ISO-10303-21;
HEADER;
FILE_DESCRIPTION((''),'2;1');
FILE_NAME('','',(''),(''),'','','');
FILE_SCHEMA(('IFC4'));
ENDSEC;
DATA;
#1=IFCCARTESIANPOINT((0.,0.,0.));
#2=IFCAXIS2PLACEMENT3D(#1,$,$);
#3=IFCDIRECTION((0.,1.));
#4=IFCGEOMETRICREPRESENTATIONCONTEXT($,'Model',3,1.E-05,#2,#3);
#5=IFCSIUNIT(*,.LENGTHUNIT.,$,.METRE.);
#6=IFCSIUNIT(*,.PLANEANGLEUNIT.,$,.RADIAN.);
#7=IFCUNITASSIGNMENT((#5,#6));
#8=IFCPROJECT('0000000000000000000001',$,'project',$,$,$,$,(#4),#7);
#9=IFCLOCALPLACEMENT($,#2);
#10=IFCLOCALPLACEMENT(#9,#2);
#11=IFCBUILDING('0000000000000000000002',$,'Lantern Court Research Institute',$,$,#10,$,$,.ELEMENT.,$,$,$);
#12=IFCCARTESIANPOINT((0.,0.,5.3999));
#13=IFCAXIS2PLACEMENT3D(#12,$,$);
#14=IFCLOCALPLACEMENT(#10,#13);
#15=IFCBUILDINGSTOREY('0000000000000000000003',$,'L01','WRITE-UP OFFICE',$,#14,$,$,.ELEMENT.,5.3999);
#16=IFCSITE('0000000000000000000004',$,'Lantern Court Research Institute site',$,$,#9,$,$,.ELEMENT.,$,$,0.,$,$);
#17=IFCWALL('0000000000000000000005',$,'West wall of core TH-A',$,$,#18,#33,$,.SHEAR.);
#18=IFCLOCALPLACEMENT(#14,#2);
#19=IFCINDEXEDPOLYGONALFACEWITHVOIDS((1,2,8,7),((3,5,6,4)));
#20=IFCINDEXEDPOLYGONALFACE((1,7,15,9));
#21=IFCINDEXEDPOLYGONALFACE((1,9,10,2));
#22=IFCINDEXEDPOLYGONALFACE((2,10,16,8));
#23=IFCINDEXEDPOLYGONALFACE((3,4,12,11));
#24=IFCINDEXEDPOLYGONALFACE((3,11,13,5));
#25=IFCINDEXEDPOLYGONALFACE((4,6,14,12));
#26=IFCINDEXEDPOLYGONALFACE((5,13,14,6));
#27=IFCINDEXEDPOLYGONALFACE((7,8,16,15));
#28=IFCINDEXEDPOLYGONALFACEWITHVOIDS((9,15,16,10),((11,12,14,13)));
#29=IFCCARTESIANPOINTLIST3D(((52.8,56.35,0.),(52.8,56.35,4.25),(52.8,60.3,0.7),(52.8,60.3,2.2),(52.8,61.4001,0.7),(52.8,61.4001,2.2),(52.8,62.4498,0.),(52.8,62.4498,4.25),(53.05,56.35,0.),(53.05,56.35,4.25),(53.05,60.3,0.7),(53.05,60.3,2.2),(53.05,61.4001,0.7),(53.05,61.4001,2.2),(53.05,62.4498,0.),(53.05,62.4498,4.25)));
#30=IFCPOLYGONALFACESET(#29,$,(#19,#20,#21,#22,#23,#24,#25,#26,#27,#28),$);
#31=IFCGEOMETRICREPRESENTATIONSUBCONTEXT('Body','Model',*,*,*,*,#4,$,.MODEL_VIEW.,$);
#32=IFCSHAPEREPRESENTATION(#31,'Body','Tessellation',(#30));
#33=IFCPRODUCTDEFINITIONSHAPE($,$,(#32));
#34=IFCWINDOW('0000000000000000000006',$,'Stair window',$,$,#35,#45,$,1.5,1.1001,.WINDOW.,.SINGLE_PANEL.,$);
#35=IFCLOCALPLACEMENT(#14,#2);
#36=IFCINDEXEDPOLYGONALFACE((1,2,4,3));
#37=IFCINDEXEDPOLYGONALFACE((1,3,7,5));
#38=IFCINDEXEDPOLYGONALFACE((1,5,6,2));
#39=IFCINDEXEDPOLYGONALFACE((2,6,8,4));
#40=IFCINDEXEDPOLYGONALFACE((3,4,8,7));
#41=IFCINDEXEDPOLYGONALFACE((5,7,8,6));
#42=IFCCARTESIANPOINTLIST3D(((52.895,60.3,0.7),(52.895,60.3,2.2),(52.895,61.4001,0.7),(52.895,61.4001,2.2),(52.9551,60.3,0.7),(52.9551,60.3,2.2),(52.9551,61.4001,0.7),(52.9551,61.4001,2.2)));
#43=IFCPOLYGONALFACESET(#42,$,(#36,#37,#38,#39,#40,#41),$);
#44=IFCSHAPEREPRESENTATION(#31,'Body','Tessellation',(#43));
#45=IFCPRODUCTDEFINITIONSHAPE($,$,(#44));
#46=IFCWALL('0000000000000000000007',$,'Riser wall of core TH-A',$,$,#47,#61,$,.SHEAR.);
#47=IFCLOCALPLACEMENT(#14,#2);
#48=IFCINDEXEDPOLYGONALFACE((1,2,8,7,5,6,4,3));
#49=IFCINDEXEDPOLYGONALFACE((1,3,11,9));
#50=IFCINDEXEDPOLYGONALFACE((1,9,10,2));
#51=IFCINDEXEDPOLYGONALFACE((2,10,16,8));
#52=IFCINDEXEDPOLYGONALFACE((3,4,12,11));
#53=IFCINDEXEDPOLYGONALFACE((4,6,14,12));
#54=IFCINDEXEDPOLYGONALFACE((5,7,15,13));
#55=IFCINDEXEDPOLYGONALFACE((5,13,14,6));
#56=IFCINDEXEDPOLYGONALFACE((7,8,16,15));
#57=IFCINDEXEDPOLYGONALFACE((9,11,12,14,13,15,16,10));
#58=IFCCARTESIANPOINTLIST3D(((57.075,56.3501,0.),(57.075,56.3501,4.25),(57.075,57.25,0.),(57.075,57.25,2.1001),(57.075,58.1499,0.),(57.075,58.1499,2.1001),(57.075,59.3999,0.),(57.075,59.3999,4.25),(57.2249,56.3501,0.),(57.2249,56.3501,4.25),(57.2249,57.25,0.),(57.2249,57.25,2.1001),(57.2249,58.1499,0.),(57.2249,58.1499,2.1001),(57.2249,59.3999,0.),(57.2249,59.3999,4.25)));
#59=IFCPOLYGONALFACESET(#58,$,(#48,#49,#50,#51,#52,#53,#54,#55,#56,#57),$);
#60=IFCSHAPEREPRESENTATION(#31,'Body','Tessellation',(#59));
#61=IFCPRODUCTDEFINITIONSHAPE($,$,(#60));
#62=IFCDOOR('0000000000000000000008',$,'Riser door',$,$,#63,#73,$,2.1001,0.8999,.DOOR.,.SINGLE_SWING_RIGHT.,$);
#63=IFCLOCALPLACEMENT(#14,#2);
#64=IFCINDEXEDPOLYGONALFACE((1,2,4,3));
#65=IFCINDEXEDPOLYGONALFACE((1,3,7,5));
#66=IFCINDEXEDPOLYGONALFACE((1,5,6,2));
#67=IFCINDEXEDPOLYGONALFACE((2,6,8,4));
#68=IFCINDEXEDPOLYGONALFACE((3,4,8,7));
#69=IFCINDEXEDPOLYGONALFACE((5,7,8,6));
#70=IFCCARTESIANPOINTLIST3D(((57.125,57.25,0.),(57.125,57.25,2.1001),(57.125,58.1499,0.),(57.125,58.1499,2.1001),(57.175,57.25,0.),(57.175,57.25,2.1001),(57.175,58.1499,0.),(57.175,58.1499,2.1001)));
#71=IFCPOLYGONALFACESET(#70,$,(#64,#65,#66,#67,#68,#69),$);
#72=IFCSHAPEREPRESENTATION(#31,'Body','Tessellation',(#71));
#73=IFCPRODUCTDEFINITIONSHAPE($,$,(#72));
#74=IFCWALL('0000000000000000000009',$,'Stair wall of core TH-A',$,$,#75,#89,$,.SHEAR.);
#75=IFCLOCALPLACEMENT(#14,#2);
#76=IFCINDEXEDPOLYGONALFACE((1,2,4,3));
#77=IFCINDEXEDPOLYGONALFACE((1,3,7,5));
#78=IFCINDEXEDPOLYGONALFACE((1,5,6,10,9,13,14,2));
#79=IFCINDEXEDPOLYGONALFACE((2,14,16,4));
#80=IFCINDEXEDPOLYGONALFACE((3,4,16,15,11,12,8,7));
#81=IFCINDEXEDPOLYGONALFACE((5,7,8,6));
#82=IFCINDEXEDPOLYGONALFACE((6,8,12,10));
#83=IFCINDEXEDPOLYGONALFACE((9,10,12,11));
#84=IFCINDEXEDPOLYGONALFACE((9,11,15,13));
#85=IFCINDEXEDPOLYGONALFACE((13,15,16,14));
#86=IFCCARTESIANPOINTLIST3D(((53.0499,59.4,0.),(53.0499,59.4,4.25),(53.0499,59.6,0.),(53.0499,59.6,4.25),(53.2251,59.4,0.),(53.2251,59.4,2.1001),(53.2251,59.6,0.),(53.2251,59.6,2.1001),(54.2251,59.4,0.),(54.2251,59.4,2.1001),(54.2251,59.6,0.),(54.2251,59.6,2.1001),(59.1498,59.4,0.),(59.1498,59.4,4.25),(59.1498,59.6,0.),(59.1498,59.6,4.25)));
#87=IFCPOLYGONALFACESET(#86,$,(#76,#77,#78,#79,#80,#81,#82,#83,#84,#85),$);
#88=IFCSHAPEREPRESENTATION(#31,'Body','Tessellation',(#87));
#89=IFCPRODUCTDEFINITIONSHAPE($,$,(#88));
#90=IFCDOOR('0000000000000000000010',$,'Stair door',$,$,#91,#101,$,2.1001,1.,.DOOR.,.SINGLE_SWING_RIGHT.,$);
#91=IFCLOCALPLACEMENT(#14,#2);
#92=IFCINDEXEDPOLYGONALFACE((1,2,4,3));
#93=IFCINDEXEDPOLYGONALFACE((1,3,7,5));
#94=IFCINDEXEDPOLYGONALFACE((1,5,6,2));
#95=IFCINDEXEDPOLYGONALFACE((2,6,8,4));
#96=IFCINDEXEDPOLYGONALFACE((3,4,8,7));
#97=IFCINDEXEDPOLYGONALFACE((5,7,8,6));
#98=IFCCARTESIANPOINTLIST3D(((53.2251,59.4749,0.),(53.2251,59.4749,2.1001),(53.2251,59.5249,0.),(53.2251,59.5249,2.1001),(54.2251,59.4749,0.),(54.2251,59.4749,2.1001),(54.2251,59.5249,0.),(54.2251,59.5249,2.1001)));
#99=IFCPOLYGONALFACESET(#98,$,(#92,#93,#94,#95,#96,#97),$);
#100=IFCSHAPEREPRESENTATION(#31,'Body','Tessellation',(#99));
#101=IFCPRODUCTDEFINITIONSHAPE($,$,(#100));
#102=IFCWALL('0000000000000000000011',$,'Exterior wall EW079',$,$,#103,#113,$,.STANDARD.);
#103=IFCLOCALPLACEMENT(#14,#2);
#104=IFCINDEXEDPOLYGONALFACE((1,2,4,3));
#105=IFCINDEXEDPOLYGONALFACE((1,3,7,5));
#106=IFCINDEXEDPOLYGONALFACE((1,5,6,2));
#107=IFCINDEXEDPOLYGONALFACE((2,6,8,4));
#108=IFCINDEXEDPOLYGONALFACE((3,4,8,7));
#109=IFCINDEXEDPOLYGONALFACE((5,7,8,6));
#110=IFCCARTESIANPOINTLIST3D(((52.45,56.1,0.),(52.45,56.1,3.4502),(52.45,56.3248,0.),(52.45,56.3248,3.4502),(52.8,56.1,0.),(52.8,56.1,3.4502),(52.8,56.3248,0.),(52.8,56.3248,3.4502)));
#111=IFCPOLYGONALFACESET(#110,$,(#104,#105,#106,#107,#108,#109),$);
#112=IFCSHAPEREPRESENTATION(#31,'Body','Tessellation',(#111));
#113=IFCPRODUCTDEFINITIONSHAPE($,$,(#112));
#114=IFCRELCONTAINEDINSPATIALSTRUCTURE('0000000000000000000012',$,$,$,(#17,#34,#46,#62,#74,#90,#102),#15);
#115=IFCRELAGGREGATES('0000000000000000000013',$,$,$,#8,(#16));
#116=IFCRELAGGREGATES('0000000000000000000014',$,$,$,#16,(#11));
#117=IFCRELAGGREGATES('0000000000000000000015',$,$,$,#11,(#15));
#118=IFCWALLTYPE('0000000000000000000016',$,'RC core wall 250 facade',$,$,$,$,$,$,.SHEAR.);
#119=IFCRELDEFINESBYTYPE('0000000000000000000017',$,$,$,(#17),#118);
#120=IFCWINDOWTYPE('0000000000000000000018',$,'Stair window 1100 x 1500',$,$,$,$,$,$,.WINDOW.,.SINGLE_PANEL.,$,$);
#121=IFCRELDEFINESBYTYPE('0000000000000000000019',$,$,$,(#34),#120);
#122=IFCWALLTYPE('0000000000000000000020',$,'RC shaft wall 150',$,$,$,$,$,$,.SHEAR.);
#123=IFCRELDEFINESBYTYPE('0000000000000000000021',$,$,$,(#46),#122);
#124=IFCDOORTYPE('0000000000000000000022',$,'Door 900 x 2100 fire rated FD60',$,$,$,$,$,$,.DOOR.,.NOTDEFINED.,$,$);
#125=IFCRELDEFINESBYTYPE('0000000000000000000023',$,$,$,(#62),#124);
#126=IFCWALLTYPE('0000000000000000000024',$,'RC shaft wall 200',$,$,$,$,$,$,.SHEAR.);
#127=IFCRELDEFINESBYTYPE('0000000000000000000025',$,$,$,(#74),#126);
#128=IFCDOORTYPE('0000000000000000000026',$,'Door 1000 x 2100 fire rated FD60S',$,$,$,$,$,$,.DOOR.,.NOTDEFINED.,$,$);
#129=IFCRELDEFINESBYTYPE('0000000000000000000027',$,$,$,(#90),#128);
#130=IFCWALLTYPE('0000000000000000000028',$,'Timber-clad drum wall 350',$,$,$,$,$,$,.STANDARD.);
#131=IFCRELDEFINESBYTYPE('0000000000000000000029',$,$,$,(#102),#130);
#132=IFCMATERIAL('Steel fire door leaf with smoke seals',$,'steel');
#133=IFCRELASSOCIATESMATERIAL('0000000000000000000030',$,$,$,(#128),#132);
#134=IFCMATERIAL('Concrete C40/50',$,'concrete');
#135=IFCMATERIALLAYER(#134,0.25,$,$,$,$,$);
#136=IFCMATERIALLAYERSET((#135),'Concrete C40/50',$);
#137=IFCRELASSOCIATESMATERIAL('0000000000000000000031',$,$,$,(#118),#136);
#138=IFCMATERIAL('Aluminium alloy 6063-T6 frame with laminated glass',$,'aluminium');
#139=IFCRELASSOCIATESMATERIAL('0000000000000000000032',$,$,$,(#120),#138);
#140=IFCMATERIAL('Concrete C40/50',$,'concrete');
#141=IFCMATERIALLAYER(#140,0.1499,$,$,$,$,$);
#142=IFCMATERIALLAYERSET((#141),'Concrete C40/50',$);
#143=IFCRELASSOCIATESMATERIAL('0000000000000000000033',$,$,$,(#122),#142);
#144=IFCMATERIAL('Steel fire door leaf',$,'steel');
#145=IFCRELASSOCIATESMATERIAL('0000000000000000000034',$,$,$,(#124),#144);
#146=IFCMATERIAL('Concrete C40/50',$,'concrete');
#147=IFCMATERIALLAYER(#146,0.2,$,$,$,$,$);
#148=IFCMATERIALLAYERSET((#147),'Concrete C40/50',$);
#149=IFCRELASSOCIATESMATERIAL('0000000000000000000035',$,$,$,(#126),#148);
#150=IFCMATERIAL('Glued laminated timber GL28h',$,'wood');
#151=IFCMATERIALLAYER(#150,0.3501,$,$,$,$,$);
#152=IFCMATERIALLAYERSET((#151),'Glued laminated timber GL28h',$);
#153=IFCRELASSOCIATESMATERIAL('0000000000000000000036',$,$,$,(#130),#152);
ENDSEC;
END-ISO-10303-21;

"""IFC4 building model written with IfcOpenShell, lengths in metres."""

from ifc_helpers import new_model, si_unit, direction, frame, frame_2d, origin, place, context, subcontext, project, spatial, rectangle, extrude, material, layer, layer_set, type_object, element, fill, save


model = new_model("IFC4")

# Units and contexts
model_context = context("Model", 3, precision=1e-05, world=origin(), true_north=direction((0.0, 1.0)))
body_context = subcontext(model_context, "Body", "Model", "MODEL_VIEW")
ifc_project = project(units=[si_unit("LENGTHUNIT", "METRE"), si_unit("PLANEANGLEUNIT", "RADIAN")], contexts=[model_context])

# Site, building, storey
site_placement = place(None, origin())
site = spatial("IfcSite", under=ifc_project, at=site_placement, Name="Lantern Court Research Institute site", CompositionType="ELEMENT", RefElevation=0.0)
building_placement = place(site_placement, origin())
building = spatial("IfcBuilding", under=site, at=building_placement, Name="Lantern Court Research Institute", CompositionType="ELEMENT")
storey_placement = place(building_placement, frame((0.0, 0.0, 5.3999)))
storey = spatial("IfcBuildingStorey", under=building, at=storey_placement, Name="L01", Description="WRITE-UP OFFICE", CompositionType="ELEMENT", Elevation=5.3999)

# Shared definitions
ifc_material_1 = material(Name="Steel fire door leaf with smoke seals", Category="steel")
door_type_1 = type_object("IfcDoorType", Name="Door 1000 x 2100 fire rated FD60S", OperationType="NOTDEFINED", PredefinedType="DOOR", material=ifc_material_1)

# Wall, opening, window
ifc_material_2 = material(Name="Concrete C40/50", Category="concrete")
ifc_layer_1 = layer(ifc_material_2, 0.25)
ifc_layer_set_1 = layer_set([ifc_layer_1], Name="Concrete C40/50")
wall_type_1 = type_object("IfcWallType", Name="RC core wall 250 facade", PredefinedType="SHEAR", material=ifc_layer_set_1)
wall_1_placement = place(storey_placement, frame((52.925, 56.3501, 0.0), z_axis=(0.0, 0.0, 1.0), x_axis=(0.0, 1.0, 0.0)))
wall_1 = element("IfcWall", 1, at=wall_1_placement, inside=storey, type_object=wall_type_1, Name="West wall of core TH-A", PredefinedType="SHEAR", context=body_context, shape_type="SweptSolid", body=[
    extrude(rectangle(XDim=6.0999, YDim=0.25, at=frame_2d((3.0498, 0.0))), origin(), (0.0, 0.0, 1.0), 4.25),
])
opening_1_placement = place(wall_1_placement, frame((3.95, 0.0, 0.7)))
opening_1 = element("IfcOpeningElement", 2, at=opening_1_placement, cuts=wall_1, PredefinedType="OPENING", context=body_context, shape_type="SweptSolid", body=[
    extrude(rectangle(XDim=1.1001, YDim=1.5, at=frame_2d((0.55, 0.75))), frame((0.0, 0.135, 0.0), z_axis=(0.0, -1.0, 0.0), x_axis=(1.0, 0.0, 0.0)), (0.0, 0.0, 1.0), 0.27),
])
ifc_material_3 = material(Name="Aluminium alloy 6063-T6 frame with laminated glass", Category="aluminium")
window_type = type_object("IfcWindowType", Name="Stair window 1100 x 1500", PartitioningType="SINGLE_PANEL", PredefinedType="WINDOW", material=ifc_material_3)
window_placement = place(opening_1_placement, origin())
window = element("IfcWindow", 3, at=window_placement, inside=storey, type_object=window_type, Name="Stair window", OverallHeight=1.5, OverallWidth=1.1001, PartitioningType="SINGLE_PANEL", PredefinedType="WINDOW", context=body_context, shape_type="SweptSolid", body=[
    extrude(rectangle(XDim=1.1001, YDim=1.5, at=frame_2d((0.55, 0.75))), frame((0.0, 0.03, 0.0), z_axis=(0.0, -1.0, 0.0), x_axis=(1.0, 0.0, 0.0)), (0.0, 0.0, 1.0), 0.0601),
])
fill(opening_1, window)

# Walls, openings, doors
ifc_material_4 = material(Name="Concrete C40/50", Category="concrete")
ifc_layer_2 = layer(ifc_material_4, 0.1499)
ifc_layer_set_2 = layer_set([ifc_layer_2], Name="Concrete C40/50")
wall_type_2 = type_object("IfcWallType", Name="RC shaft wall 150", PredefinedType="SHEAR", material=ifc_layer_set_2)
wall_2_placement = place(storey_placement, frame((57.1499, 56.3501, 0.0), z_axis=(0.0, 0.0, 1.0), x_axis=(0.0, 1.0, 0.0)))
wall_2 = element("IfcWall", 4, at=wall_2_placement, inside=storey, type_object=wall_type_2, Name="Riser wall of core TH-A", PredefinedType="SHEAR", context=body_context, shape_type="SweptSolid", body=[
    extrude(rectangle(XDim=3.0498, YDim=0.1499, at=frame_2d((1.5249, 0.0))), origin(), (0.0, 0.0, 1.0), 4.25),
])
opening_2_placement = place(wall_2_placement, frame((0.8999, 0.0, 0.0)))
opening_2 = element("IfcOpeningElement", 5, at=opening_2_placement, cuts=wall_2, PredefinedType="OPENING", context=body_context, shape_type="SweptSolid", body=[
    extrude(rectangle(XDim=0.8999, YDim=2.1001, at=frame_2d((0.45, 1.05))), frame((0.0, 0.085, 0.0), z_axis=(0.0, -1.0, 0.0), x_axis=(1.0, 0.0, 0.0)), (0.0, 0.0, 1.0), 0.1699),
])
ifc_material_5 = material(Name="Steel fire door leaf", Category="steel")
door_type_2 = type_object("IfcDoorType", Name="Door 900 x 2100 fire rated FD60", OperationType="NOTDEFINED", PredefinedType="DOOR", material=ifc_material_5)
door_1_placement = place(opening_2_placement, origin())
door_1 = element("IfcDoor", 6, at=door_1_placement, inside=storey, type_object=door_type_2, Name="Riser door", OperationType="SINGLE_SWING_RIGHT", OverallHeight=2.1001, OverallWidth=0.8999, PredefinedType="DOOR", context=body_context, shape_type="SweptSolid", body=[
    extrude(rectangle(XDim=0.8999, YDim=2.1001, at=frame_2d((0.45, 1.05))), frame((0.0, 0.0249, 0.0), z_axis=(0.0, -1.0, 0.0), x_axis=(1.0, 0.0, 0.0)), (0.0, 0.0, 1.0), 0.05),
])
fill(opening_2, door_1)
ifc_material_6 = material(Name="Concrete C40/50", Category="concrete")
ifc_layer_3 = layer(ifc_material_6, 0.2)
ifc_layer_set_3 = layer_set([ifc_layer_3], Name="Concrete C40/50")
wall_type_3 = type_object("IfcWallType", Name="RC shaft wall 200", PredefinedType="SHEAR", material=ifc_layer_set_3)
wall_3_placement = place(storey_placement, frame((53.05, 59.5, 0.0), z_axis=(0.0, 0.0, 1.0), x_axis=(1.0, 0.0, 0.0)))
wall_3 = element("IfcWall", 7, at=wall_3_placement, inside=storey, type_object=wall_type_3, Name="Stair wall of core TH-A", PredefinedType="SHEAR", context=body_context, shape_type="SweptSolid", body=[
    extrude(rectangle(XDim=6.0999, YDim=0.2, at=frame_2d((3.0498, 0.0))), origin(), (0.0, 0.0, 1.0), 4.25),
])
opening_3_placement = place(wall_3_placement, frame((0.175, 0.0, 0.0)))
opening_3 = element("IfcOpeningElement", 8, at=opening_3_placement, cuts=wall_3, PredefinedType="OPENING", context=body_context, shape_type="SweptSolid", body=[
    extrude(rectangle(XDim=1.0, YDim=2.1001, at=frame_2d((0.5, 1.05))), frame((0.0, 0.1099, 0.0), z_axis=(0.0, -1.0, 0.0), x_axis=(1.0, 0.0, 0.0)), (0.0, 0.0, 1.0), 0.22),
])
door_2_placement = place(opening_3_placement, origin())
door_2 = element("IfcDoor", 9, at=door_2_placement, inside=storey, type_object=door_type_1, Name="Stair door", OperationType="SINGLE_SWING_RIGHT", OverallHeight=2.1001, OverallWidth=1.0, PredefinedType="DOOR", context=body_context, shape_type="SweptSolid", body=[
    extrude(rectangle(XDim=1.0, YDim=2.1001, at=frame_2d((0.5, 1.05))), frame((0.0, 0.0249, 0.0), z_axis=(0.0, -1.0, 0.0), x_axis=(1.0, 0.0, 0.0)), (0.0, 0.0, 1.0), 0.05),
])
fill(opening_3, door_2)

# Wall
ifc_material_7 = material(Name="Glued laminated timber GL28h", Category="wood")
ifc_layer_4 = layer(ifc_material_7, 0.3501)
ifc_layer_set_4 = layer_set([ifc_layer_4], Name="Glued laminated timber GL28h")
wall_type_4 = type_object("IfcWallType", Name="Timber-clad drum wall 350", PredefinedType="STANDARD", material=ifc_layer_set_4)
wall_4_placement = place(storey_placement, frame((52.625, 56.1001, 0.0), z_axis=(0.0, 0.0, 1.0), x_axis=(0.0, 1.0, 0.0)))
element("IfcWall", 10, at=wall_4_placement, inside=storey, type_object=wall_type_4, Name="Exterior wall EW079", PredefinedType="STANDARD", context=body_context, shape_type="SweptSolid", body=[
    extrude(rectangle(XDim=0.2249, YDim=0.3501, at=frame_2d((0.1123, 0.0))), origin(), (0.0, 0.0, 1.0), 3.4502),
])

save(model, "model.ifc")
